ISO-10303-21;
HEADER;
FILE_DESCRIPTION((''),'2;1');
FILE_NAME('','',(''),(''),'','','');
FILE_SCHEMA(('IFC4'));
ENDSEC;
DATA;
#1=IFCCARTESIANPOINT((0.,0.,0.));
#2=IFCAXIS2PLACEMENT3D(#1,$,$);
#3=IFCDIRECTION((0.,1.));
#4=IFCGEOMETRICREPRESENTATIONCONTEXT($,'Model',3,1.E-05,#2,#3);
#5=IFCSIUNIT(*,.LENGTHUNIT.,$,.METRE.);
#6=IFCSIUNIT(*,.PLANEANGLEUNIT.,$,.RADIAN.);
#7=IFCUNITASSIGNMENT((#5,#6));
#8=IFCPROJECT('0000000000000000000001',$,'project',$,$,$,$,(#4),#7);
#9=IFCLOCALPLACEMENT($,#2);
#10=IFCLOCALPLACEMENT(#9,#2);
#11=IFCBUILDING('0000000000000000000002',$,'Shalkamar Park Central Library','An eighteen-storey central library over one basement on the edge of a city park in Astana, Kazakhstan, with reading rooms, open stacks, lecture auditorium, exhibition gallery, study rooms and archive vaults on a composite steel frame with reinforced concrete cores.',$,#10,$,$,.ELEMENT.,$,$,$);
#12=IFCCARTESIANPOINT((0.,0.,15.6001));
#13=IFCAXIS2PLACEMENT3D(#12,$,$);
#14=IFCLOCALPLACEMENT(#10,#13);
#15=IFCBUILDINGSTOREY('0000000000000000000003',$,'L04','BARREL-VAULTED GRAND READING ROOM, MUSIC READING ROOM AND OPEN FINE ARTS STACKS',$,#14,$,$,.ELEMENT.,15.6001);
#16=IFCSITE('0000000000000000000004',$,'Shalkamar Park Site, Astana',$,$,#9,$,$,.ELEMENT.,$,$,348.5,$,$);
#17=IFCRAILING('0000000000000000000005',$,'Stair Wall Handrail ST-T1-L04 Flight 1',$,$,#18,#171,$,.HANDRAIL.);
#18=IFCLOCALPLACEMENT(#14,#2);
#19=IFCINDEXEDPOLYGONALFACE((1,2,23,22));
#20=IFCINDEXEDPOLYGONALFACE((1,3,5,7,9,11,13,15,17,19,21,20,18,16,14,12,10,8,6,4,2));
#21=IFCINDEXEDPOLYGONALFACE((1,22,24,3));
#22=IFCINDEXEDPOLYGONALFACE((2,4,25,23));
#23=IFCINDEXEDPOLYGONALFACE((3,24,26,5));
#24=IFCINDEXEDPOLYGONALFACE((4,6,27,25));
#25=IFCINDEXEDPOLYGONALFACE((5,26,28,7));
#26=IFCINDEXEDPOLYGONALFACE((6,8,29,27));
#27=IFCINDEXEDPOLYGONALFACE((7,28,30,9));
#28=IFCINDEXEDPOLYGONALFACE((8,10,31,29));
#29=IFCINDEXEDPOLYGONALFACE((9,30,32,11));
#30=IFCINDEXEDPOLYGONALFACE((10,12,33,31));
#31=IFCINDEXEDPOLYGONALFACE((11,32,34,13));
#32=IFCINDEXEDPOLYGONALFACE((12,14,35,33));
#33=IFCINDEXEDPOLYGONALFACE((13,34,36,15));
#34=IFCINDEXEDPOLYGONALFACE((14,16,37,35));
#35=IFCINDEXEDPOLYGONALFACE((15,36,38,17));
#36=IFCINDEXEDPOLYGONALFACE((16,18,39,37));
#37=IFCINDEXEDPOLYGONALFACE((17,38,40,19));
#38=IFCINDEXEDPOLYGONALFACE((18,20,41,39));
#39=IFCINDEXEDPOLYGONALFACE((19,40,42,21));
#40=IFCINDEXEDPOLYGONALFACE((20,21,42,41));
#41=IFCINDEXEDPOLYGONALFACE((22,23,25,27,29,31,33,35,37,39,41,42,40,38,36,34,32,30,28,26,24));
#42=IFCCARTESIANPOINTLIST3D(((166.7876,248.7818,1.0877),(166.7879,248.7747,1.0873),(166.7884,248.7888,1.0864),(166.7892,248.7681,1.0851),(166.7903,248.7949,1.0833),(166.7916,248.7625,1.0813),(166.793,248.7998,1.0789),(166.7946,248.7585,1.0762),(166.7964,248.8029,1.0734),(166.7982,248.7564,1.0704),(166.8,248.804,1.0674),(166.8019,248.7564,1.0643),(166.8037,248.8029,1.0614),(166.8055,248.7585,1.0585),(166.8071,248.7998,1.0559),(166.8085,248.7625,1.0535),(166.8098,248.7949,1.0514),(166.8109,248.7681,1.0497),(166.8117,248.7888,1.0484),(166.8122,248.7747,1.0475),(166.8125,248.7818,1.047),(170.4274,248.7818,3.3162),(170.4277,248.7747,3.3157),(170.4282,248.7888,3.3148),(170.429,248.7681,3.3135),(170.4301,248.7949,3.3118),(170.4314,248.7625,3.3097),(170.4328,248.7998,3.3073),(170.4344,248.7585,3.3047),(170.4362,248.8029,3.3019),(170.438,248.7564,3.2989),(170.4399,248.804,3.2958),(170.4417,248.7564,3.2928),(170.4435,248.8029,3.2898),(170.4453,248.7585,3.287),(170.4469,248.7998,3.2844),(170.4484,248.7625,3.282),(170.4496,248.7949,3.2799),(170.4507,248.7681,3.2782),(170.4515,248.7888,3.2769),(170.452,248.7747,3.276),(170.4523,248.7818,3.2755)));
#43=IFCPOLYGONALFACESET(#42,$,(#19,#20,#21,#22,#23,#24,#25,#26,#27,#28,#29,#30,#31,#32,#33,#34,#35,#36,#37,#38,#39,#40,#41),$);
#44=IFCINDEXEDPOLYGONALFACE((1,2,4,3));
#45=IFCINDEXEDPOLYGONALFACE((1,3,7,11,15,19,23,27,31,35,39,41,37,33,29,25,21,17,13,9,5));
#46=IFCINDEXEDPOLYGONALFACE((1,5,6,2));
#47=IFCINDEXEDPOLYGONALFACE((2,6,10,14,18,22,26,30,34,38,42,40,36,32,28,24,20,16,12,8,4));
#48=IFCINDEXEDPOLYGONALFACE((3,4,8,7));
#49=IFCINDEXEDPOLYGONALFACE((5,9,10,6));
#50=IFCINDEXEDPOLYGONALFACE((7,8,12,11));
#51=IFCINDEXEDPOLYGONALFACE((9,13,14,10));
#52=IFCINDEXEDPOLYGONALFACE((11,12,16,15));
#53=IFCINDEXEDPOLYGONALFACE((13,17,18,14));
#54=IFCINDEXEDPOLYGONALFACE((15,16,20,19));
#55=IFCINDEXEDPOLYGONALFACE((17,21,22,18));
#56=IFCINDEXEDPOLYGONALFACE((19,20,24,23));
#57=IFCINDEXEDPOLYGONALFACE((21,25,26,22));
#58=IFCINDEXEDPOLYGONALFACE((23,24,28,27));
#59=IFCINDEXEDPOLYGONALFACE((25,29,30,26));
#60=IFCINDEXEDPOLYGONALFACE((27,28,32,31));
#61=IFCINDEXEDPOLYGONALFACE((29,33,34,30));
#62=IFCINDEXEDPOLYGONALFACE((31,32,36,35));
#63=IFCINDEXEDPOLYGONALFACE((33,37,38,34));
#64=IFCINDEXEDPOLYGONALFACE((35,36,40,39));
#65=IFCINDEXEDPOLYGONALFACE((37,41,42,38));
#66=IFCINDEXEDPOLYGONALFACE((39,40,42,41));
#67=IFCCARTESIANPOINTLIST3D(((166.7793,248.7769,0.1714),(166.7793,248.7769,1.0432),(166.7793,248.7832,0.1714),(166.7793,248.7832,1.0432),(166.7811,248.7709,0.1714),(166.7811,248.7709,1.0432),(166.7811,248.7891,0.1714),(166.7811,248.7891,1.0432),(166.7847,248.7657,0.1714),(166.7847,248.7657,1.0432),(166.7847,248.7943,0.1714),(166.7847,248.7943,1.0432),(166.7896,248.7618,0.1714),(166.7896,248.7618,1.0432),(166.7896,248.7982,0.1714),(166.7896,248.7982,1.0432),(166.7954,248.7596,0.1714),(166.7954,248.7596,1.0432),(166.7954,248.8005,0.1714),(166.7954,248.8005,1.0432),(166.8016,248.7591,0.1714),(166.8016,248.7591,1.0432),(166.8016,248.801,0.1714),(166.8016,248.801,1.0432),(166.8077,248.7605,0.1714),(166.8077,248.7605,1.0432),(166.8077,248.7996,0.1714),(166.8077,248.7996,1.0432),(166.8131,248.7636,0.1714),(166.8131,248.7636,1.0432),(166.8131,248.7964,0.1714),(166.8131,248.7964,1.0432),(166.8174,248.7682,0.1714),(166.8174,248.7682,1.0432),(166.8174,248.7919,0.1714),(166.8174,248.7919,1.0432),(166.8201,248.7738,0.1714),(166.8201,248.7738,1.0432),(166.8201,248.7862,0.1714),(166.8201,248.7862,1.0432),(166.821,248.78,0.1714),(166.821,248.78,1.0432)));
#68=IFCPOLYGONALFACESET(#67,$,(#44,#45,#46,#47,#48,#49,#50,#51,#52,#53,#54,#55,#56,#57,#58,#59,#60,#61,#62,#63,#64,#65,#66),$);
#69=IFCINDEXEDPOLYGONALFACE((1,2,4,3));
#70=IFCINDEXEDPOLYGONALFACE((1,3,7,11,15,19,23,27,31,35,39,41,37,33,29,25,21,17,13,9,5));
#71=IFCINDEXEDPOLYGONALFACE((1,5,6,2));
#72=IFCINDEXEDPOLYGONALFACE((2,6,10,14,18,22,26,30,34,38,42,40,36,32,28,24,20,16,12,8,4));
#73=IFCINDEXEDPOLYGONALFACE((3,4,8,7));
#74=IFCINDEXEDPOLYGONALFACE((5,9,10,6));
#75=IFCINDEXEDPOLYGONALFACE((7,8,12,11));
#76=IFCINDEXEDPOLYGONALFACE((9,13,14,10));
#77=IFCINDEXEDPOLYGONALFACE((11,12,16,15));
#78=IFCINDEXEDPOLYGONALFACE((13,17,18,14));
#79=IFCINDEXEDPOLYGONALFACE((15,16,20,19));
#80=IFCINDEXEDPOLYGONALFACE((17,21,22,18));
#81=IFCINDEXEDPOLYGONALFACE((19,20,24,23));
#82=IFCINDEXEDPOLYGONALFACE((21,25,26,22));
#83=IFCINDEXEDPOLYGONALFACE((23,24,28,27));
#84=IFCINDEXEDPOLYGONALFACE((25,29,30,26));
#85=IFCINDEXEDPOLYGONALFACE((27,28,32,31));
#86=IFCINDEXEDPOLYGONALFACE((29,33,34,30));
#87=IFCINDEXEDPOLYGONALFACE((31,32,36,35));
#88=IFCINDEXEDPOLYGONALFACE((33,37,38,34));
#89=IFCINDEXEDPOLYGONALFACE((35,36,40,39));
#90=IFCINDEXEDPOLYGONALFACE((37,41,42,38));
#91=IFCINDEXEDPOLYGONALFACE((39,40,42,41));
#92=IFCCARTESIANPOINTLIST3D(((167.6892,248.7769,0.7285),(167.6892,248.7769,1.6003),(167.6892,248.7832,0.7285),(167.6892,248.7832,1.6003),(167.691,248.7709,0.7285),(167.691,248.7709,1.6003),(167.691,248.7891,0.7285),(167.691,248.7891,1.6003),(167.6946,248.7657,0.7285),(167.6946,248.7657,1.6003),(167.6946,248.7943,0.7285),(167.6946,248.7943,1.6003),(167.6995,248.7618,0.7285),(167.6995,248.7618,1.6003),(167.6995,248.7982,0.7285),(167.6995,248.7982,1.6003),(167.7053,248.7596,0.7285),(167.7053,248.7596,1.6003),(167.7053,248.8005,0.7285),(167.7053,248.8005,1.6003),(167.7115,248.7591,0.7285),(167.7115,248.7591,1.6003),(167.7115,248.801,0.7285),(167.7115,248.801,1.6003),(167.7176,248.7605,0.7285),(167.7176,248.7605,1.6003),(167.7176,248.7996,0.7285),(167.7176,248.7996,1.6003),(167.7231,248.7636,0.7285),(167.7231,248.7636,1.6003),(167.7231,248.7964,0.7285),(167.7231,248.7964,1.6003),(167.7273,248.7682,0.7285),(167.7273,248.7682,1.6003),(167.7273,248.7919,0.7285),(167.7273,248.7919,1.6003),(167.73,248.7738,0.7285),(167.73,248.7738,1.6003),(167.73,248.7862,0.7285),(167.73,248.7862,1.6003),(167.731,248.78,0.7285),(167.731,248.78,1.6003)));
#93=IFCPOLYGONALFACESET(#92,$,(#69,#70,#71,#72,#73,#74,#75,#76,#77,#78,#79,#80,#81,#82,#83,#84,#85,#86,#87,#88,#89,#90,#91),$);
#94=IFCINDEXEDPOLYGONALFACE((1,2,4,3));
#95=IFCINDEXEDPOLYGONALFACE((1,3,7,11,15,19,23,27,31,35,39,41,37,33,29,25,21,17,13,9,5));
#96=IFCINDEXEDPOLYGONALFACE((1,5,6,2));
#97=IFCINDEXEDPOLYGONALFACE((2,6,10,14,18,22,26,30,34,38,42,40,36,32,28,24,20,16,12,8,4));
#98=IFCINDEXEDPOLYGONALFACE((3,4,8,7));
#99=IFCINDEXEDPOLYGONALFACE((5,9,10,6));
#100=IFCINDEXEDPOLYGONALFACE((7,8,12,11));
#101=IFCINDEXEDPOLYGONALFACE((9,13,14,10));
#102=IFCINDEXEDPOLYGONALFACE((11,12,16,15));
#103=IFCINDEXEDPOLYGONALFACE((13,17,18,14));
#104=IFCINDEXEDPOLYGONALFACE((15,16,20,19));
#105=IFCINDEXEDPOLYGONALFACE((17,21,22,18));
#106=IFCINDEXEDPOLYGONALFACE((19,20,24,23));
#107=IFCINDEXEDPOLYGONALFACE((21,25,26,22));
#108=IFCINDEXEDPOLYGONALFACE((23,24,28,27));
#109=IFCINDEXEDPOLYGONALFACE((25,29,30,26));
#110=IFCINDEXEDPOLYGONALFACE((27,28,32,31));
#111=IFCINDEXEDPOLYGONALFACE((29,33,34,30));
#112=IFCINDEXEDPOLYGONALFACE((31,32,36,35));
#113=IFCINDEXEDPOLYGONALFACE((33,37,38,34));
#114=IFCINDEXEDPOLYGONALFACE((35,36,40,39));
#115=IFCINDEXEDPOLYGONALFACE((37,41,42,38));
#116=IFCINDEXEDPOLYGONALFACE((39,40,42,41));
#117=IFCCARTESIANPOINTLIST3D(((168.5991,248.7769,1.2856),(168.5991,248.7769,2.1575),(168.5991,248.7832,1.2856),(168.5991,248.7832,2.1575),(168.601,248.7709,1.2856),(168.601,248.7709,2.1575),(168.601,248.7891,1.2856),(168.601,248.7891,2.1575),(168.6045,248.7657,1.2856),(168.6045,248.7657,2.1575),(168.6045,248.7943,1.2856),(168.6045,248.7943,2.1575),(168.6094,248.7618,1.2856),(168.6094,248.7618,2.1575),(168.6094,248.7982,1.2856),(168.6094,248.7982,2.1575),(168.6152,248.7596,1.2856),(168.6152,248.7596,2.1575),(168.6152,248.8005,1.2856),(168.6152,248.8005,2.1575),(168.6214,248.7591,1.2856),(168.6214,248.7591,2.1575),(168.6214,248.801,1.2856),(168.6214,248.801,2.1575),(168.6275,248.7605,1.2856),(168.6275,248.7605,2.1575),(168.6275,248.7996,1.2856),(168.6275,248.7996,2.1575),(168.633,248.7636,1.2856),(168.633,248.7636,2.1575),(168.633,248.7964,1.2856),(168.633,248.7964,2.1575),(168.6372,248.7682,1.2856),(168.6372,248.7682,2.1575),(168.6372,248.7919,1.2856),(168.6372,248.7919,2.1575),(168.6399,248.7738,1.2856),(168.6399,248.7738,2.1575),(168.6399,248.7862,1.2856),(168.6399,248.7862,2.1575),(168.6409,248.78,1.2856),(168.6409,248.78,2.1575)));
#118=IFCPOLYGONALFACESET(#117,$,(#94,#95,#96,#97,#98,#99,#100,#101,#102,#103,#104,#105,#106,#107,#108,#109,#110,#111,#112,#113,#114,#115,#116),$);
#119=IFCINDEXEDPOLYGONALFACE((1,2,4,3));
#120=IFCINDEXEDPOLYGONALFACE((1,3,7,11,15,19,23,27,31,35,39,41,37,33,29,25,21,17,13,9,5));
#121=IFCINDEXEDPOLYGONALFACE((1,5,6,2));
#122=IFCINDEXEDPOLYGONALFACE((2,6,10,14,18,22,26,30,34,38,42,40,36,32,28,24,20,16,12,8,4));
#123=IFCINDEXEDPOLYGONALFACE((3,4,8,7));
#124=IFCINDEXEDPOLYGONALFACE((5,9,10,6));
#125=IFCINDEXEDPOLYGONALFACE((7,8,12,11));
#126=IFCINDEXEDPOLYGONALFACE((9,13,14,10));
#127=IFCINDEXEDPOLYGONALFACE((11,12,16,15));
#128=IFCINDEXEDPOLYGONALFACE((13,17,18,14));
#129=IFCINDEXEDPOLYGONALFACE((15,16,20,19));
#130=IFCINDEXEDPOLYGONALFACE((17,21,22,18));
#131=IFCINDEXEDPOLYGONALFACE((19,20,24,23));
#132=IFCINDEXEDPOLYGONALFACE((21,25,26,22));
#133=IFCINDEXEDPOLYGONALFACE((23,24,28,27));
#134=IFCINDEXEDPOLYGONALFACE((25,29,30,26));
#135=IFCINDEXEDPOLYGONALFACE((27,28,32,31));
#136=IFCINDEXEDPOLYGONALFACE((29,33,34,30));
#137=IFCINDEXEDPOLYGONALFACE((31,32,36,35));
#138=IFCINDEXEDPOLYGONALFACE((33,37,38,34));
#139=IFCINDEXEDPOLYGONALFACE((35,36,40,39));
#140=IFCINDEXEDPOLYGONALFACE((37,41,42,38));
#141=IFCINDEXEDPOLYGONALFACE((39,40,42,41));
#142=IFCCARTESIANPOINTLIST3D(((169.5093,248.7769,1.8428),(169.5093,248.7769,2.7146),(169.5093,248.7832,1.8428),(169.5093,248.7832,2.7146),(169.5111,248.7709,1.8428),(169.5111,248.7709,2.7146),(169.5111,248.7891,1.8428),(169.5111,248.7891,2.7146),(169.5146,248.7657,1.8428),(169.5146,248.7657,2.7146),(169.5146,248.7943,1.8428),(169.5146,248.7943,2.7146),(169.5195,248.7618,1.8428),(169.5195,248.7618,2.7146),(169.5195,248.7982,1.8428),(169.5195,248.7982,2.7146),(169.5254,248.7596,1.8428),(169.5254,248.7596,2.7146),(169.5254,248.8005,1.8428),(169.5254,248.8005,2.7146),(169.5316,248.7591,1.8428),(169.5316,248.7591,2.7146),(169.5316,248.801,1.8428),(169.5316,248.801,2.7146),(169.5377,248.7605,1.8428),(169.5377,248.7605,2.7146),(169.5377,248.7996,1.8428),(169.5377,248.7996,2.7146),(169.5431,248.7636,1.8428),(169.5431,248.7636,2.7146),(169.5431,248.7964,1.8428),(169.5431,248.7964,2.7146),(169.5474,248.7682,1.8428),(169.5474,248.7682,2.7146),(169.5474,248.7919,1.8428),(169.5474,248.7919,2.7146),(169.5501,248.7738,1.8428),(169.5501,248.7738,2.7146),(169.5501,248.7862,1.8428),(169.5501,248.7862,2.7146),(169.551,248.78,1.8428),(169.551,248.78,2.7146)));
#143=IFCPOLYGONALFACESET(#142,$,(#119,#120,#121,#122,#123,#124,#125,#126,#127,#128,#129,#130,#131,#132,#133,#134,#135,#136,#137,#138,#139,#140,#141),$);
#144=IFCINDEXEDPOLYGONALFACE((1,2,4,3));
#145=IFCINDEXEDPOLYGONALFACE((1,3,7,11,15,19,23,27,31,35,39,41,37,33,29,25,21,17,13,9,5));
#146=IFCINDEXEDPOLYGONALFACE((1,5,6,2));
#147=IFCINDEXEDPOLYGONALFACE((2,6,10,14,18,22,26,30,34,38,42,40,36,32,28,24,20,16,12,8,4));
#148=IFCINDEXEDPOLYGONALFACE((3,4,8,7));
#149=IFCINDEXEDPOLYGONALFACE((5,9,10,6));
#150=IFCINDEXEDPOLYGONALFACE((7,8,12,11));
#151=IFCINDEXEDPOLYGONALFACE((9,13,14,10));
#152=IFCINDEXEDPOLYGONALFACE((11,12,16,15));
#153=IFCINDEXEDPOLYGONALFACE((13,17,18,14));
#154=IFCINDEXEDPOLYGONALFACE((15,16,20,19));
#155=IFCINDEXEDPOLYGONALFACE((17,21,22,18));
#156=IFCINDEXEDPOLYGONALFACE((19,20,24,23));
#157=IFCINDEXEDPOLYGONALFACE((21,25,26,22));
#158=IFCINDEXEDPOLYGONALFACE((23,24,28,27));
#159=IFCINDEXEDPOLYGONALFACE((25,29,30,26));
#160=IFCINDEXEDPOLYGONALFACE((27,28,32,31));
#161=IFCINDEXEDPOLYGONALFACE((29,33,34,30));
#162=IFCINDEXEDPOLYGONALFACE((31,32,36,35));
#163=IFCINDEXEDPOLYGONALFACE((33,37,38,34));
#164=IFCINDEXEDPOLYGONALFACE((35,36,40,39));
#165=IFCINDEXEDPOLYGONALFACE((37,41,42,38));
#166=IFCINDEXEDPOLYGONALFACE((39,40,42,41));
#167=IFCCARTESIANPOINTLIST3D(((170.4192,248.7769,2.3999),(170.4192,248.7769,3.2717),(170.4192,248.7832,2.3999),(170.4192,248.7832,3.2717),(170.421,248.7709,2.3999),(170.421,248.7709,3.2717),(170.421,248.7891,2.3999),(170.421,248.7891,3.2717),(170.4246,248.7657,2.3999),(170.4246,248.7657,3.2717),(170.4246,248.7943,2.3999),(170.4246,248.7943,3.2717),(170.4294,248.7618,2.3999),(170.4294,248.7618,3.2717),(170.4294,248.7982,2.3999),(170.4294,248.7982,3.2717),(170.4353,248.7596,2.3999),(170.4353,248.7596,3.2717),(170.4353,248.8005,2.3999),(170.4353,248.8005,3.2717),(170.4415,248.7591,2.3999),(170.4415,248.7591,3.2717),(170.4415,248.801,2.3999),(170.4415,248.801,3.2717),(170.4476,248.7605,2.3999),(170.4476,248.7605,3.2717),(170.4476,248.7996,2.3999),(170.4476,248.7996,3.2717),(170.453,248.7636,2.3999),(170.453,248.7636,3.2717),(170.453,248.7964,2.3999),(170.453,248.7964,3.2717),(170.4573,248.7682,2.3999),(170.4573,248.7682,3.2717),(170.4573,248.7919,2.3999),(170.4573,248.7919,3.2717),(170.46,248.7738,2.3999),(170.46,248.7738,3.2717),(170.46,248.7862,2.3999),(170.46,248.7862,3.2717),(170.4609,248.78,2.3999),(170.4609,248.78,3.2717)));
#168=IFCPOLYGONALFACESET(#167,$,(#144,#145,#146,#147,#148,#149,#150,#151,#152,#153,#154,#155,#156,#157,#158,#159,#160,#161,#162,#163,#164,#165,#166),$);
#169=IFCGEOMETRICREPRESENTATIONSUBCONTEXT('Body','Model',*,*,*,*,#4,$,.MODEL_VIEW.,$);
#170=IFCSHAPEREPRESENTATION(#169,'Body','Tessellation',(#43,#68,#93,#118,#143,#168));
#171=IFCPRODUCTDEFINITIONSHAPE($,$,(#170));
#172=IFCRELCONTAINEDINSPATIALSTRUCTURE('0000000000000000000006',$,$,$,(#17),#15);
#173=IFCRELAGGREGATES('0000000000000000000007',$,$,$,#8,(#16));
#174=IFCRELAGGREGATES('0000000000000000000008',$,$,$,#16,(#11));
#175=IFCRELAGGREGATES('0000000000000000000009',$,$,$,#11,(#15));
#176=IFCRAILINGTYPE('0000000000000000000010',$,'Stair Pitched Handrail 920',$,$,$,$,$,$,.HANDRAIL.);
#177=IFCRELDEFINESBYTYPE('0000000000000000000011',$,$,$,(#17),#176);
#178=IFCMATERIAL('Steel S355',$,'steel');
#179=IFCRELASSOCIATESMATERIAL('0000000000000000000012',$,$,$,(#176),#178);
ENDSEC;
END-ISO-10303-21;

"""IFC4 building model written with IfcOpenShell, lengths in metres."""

from ifc_helpers import new_model, si_unit, direction, frame, origin, origin_2d, place, context, subcontext, project, spatial, circle, extrude, material, type_object, element, save


model = new_model("IFC4")

# Units and contexts
model_context = context("Model", 3, precision=1e-05, world=origin(), true_north=direction((0.0, 1.0)))
body_context = subcontext(model_context, "Body", "Model", "MODEL_VIEW")
ifc_project = project(units=[si_unit("LENGTHUNIT", "METRE"), si_unit("PLANEANGLEUNIT", "RADIAN")], contexts=[model_context])

# Site, building, storey
site_placement = place(None, origin())
site = spatial("IfcSite", under=ifc_project, at=site_placement, Name="Shalkamar Park Site, Astana", CompositionType="ELEMENT", RefElevation=348.5)
building_placement = place(site_placement, origin())
building = spatial("IfcBuilding", under=site, at=building_placement, Name="Shalkamar Park Central Library", Description="An eighteen-storey central library over one basement on the edge of a city park in Astana, Kazakhstan, with reading rooms, open stacks, lecture auditorium, exhibition gallery, study rooms and archive vaults on a composite steel frame with reinforced concrete cores.", CompositionType="ELEMENT")
storey_placement = place(building_placement, frame((0.0, 0.0, 15.6001)))
storey = spatial("IfcBuildingStorey", under=building, at=storey_placement, Name="L04", Description="BARREL-VAULTED GRAND READING ROOM, MUSIC READING ROOM AND OPEN FINE ARTS STACKS", CompositionType="ELEMENT", Elevation=15.6001)

# Shared definitions
ifc_material_1 = material(Name="Steel S355", Category="steel")

# Railing
railing_type_1 = type_object("IfcRailingType", Name="Stair Pitched Handrail 920", PredefinedType="HANDRAIL", material=ifc_material_1)
railing_1_placement = place(storey_placement, frame((166.8, 248.78, 0.1714)))
element("IfcRailing", 1, at=railing_1_placement, inside=storey, type_object=railing_type_1, Name="Stair Wall Handrail ST-T1-L04 Flight 1", PredefinedType="HANDRAIL", context=body_context, shape_type="SweptSolid", body=[
    extrude(circle(Radius=0.0239, at=origin_2d()), frame((0.0, 0.0, 0.896), z_axis=(0.85285, 0.0, 0.522156), x_axis=(0.0, 1.0, 0.0)), (0.0, 0.0, 1.0), 4.2678),
    extrude(circle(Radius=0.021, at=origin_2d()), origin(), (0.0, 0.0, 1.0), 0.8718),
    extrude(circle(Radius=0.021, at=origin_2d()), frame((0.9099, 0.0, 0.5571)), (0.0, 0.0, 1.0), 0.8718),
    extrude(circle(Radius=0.021, at=origin_2d()), frame((1.8198, 0.0, 1.1143)), (0.0, 0.0, 1.0), 0.8718),
    extrude(circle(Radius=0.021, at=origin_2d()), frame((2.73, 0.0, 1.6714)), (0.0, 0.0, 1.0), 0.8718),
    extrude(circle(Radius=0.021, at=origin_2d()), frame((3.6399, 0.0, 2.2285)), (0.0, 0.0, 1.0), 0.8718),
])

save(model, "model.ifc")
